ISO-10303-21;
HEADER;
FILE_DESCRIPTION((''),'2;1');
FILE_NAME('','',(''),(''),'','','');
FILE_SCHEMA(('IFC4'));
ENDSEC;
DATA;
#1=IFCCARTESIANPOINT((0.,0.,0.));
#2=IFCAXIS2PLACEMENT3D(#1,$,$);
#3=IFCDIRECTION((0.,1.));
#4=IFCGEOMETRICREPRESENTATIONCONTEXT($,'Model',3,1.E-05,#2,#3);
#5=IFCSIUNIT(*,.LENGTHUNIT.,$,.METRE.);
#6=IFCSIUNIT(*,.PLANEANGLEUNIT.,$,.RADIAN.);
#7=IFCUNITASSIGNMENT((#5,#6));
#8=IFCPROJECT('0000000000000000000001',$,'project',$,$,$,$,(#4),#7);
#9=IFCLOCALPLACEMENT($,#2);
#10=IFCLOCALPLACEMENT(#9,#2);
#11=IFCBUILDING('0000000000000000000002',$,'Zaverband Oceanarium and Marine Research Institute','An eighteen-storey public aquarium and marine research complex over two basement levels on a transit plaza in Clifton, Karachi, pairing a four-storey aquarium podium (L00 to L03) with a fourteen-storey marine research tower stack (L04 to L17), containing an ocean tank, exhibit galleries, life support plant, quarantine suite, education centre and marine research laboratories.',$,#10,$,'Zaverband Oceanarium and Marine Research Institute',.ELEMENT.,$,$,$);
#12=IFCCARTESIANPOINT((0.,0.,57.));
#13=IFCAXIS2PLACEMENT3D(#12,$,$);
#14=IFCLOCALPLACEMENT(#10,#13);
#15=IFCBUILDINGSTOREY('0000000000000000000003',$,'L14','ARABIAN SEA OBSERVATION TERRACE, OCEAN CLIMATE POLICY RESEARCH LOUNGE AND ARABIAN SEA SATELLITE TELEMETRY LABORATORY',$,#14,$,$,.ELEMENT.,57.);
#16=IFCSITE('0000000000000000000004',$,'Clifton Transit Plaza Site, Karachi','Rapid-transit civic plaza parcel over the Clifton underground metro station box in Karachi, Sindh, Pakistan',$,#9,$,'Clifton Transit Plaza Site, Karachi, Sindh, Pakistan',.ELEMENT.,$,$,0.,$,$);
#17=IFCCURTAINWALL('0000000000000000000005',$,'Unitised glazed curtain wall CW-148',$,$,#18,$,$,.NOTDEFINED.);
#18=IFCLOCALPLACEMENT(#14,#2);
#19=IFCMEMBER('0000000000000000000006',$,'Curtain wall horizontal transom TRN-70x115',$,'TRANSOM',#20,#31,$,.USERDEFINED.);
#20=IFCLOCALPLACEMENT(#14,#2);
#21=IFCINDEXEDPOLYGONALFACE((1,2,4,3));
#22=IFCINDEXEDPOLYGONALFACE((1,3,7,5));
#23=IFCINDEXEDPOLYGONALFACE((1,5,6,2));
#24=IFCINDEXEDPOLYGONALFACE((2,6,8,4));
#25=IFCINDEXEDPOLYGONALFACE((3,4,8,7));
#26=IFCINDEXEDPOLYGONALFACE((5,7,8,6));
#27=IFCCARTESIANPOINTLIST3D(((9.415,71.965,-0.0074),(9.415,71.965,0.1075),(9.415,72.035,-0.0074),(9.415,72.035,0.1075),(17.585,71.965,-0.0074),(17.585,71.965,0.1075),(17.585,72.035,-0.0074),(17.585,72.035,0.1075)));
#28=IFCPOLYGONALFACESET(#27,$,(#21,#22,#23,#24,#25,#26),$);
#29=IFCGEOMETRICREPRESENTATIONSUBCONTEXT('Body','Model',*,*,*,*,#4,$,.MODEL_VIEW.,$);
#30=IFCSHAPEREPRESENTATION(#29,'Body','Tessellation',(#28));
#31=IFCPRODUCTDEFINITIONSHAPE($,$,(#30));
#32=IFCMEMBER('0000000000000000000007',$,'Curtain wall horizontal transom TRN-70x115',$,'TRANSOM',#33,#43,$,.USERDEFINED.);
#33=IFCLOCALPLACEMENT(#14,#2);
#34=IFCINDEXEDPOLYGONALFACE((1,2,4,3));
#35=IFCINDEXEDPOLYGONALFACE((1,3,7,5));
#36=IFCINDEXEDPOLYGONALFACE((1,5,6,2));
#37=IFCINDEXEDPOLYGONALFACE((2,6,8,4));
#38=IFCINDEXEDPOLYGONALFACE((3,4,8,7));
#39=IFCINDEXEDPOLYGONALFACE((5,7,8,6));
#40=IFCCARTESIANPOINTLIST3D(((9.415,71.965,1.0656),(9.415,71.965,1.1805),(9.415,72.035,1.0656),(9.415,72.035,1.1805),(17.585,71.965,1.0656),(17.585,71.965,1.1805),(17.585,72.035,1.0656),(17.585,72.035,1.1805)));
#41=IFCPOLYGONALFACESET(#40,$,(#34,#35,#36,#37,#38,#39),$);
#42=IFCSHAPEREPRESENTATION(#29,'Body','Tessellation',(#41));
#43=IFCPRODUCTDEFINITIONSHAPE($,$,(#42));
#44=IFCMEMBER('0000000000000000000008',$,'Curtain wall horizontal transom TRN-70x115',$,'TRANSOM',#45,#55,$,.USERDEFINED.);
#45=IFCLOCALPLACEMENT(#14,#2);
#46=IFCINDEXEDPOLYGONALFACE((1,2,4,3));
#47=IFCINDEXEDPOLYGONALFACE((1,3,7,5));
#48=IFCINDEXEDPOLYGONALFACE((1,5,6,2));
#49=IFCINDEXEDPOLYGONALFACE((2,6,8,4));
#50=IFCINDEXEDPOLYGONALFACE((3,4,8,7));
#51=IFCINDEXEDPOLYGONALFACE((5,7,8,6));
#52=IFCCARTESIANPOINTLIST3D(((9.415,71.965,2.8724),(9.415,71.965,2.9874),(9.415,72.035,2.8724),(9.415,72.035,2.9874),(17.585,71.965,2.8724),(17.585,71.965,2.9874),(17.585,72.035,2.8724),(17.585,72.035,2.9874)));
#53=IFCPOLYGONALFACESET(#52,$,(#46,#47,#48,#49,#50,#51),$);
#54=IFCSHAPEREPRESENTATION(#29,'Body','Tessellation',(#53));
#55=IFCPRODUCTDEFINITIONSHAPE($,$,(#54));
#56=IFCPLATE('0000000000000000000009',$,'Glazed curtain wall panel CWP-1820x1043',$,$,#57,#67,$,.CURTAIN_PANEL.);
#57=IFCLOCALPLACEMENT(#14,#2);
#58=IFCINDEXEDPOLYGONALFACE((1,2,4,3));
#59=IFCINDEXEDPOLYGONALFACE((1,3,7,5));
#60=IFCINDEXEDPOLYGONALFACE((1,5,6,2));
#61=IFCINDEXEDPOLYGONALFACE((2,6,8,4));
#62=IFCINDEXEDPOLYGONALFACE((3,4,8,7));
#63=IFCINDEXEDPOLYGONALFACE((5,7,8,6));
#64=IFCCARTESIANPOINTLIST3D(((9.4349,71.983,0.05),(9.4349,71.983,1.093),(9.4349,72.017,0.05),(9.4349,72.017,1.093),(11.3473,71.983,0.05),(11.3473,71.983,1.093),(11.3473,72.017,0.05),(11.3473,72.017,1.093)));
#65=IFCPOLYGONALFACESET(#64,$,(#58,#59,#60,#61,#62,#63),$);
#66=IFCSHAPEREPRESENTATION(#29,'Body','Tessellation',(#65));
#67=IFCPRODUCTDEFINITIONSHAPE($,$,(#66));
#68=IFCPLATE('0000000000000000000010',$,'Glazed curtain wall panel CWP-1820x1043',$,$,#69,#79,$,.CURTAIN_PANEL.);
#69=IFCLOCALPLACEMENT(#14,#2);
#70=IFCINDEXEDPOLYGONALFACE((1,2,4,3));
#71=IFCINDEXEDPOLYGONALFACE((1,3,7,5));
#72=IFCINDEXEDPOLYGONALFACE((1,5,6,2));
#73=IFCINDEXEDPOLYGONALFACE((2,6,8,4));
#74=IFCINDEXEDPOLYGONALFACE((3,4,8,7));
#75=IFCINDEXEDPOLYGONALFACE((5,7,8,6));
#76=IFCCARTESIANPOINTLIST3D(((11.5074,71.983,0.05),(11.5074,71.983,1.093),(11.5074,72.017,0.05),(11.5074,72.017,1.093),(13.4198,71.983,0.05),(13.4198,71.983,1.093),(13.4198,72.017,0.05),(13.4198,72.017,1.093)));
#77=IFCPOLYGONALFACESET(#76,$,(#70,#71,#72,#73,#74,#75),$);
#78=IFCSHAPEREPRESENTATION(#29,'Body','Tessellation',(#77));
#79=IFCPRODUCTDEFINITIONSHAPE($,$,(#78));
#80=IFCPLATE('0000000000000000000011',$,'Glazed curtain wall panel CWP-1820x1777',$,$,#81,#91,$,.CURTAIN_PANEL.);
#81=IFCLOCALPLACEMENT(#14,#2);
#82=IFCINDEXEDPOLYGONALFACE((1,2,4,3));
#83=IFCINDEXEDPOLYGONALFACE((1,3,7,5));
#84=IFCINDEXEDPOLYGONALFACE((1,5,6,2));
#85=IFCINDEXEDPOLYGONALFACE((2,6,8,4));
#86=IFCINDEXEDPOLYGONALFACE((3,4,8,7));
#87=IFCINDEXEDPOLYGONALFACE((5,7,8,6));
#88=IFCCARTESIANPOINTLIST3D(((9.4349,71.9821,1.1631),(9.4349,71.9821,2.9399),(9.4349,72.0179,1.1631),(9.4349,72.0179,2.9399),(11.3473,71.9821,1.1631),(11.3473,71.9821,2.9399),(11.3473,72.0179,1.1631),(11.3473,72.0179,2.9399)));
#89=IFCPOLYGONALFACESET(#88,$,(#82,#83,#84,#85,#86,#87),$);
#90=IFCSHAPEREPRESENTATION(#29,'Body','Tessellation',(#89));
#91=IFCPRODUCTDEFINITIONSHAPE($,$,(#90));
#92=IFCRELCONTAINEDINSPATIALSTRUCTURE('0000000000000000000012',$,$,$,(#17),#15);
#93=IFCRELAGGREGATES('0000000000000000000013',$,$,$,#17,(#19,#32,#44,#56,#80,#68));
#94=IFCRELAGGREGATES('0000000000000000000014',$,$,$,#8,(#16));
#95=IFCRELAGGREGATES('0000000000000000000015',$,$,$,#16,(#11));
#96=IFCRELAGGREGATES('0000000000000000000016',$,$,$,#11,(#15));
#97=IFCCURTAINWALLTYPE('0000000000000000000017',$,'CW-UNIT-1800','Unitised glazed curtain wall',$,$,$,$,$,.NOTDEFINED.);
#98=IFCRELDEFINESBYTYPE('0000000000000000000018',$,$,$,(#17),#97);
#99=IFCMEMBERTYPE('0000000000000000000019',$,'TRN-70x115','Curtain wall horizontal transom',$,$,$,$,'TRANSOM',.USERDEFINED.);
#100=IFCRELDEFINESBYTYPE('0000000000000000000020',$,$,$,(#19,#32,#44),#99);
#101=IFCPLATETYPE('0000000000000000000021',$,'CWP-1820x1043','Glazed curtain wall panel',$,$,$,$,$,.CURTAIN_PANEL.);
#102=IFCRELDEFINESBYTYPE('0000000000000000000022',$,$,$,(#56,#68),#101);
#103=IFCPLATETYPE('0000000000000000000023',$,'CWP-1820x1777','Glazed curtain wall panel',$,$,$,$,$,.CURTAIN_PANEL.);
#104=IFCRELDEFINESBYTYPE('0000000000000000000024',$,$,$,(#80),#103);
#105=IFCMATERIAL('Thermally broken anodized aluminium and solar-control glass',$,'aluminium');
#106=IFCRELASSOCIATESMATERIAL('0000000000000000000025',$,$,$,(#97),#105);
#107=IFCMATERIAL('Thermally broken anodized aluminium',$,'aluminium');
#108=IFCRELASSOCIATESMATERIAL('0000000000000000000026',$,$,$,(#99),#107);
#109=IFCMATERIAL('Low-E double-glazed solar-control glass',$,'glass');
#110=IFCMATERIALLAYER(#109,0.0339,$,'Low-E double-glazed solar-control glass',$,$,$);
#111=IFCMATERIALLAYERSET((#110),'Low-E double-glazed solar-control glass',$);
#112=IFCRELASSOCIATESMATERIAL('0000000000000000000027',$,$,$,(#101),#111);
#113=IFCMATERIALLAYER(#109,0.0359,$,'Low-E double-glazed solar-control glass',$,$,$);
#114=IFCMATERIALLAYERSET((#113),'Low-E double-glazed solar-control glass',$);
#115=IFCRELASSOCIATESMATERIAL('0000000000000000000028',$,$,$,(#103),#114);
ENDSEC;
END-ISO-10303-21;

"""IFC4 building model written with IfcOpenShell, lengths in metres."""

from ifc_helpers import new_model, si_unit, direction, frame, frame_2d, origin, origin_2d, place, context, subcontext, project, spatial, rectangle, extrude, material, layer, layer_set, material_profile, profile_set, type_object, element, aggregate, save


model = new_model("IFC4")

# Units and contexts
model_context = context("Model", 3, precision=1e-05, world=origin(), true_north=direction((0.0, 1.0)))
body_context = subcontext(model_context, "Body", "Model", "MODEL_VIEW")
ifc_project = project(units=[si_unit("LENGTHUNIT", "METRE"), si_unit("PLANEANGLEUNIT", "RADIAN")], contexts=[model_context])

# Site, building, storey
site_placement = place(None, origin())
site = spatial("IfcSite", under=ifc_project, at=site_placement, Name="Clifton Transit Plaza Site, Karachi", Description="Rapid-transit civic plaza parcel over the Clifton underground metro station box in Karachi, Sindh, Pakistan", LongName="Clifton Transit Plaza Site, Karachi, Sindh, Pakistan", CompositionType="ELEMENT", RefElevation=0.0)
building_placement = place(site_placement, origin())
building = spatial("IfcBuilding", under=site, at=building_placement, Name="Zaverband Oceanarium and Marine Research Institute", Description="An eighteen-storey public aquarium and marine research complex over two basement levels on a transit plaza in Clifton, Karachi, pairing a four-storey aquarium podium (L00 to L03) with a fourteen-storey marine research tower stack (L04 to L17), containing an ocean tank, exhibit galleries, life support plant, quarantine suite, education centre and marine research laboratories.", LongName="Zaverband Oceanarium and Marine Research Institute", CompositionType="ELEMENT")
storey_placement = place(building_placement, frame((0.0, 0.0, 57.0)))
storey = spatial("IfcBuildingStorey", under=building, at=storey_placement, Name="L14", Description="ARABIAN SEA OBSERVATION TERRACE, OCEAN CLIMATE POLICY RESEARCH LOUNGE AND ARABIAN SEA SATELLITE TELEMETRY LABORATORY", CompositionType="ELEMENT", Elevation=57.0)

# Curtain wall
ifc_material_1 = material(Name="Thermally broken anodized aluminium and solar-control glass", Category="aluminium")
curtain_wall_type = type_object("IfcCurtainWallType", Name="CW-UNIT-1800", Description="Unitised glazed curtain wall", PredefinedType="NOTDEFINED", material=ifc_material_1)
curtain_wall_placement = place(storey_placement, origin())
curtain_wall = element("IfcCurtainWall", 1, at=curtain_wall_placement, inside=storey, type_object=curtain_wall_type, Name="Unitised glazed curtain wall CW-148", PredefinedType="NOTDEFINED")
ifc_material_2 = material(Name="Thermally broken anodized aluminium", Category="aluminium")

# Members
ifc_material_profile_1 = material_profile(ifc_material_2, rectangle(XDim=0.0701, YDim=0.115, at=origin_2d()), Name="AL-TRN-70x115")
ifc_profile_set_1 = profile_set([ifc_material_profile_1], Name="Thermally broken anodized aluminium")
member_type_1 = type_object("IfcMemberType", Name="TRN-70x115", Description="Curtain wall horizontal transom", ElementType="TRANSOM", PredefinedType="USERDEFINED", material=ifc_profile_set_1)
member_1_placement = place(storey_placement, frame((9.415, 72.0, 0.05), z_axis=(1.0, 0.0, 0.0), x_axis=(0.0, 1.0, 0.0)))
member_1 = element("IfcMember", 2, at=member_1_placement, type_object=member_type_1, Name="Curtain wall horizontal transom TRN-70x115", ObjectType="TRANSOM", PredefinedType="USERDEFINED", context=body_context, shape_type="SweptSolid", body=[
    extrude(rectangle(XDim=0.0701, YDim=0.115, at=origin_2d()), origin(), (0.0, 0.0, 1.0), 8.1699),
])
member_2_placement = place(storey_placement, frame((9.415, 72.0, 1.123), z_axis=(1.0, 0.0, 0.0), x_axis=(0.0, 1.0, 0.0)))
member_2 = element("IfcMember", 3, at=member_2_placement, type_object=member_type_1, Name="Curtain wall horizontal transom TRN-70x115", ObjectType="TRANSOM", PredefinedType="USERDEFINED", context=body_context, shape_type="SweptSolid", body=[
    extrude(rectangle(XDim=0.0701, YDim=0.115, at=origin_2d()), origin(), (0.0, 0.0, 1.0), 8.1699),
])
member_3_placement = place(storey_placement, frame((9.415, 72.0, 2.9299), z_axis=(1.0, 0.0, 0.0), x_axis=(0.0, 1.0, 0.0)))
member_3 = element("IfcMember", 4, at=member_3_placement, type_object=member_type_1, Name="Curtain wall horizontal transom TRN-70x115", ObjectType="TRANSOM", PredefinedType="USERDEFINED", context=body_context, shape_type="SweptSolid", body=[
    extrude(rectangle(XDim=0.0701, YDim=0.115, at=origin_2d()), origin(), (0.0, 0.0, 1.0), 8.1699),
])

# Plates
ifc_material_3 = material(Name="Low-E double-glazed solar-control glass", Category="glass")
ifc_layer_1 = layer(ifc_material_3, 0.0339, Name="Low-E double-glazed solar-control glass")
ifc_layer_set_1 = layer_set([ifc_layer_1], Name="Low-E double-glazed solar-control glass")
plate_type_1 = type_object("IfcPlateType", Name="CWP-1820x1043", Description="Glazed curtain wall panel", PredefinedType="CURTAIN_PANEL", material=ifc_layer_set_1)
plate_1_placement = place(storey_placement, frame((9.4351, 72.0, 0.05), z_axis=(0.0, 0.0, 1.0), x_axis=(1.0, 0.0, 0.0)))
plate_1 = element("IfcPlate", 5, at=plate_1_placement, type_object=plate_type_1, Name="Glazed curtain wall panel CWP-1820x1043", PredefinedType="CURTAIN_PANEL", context=body_context, shape_type="SweptSolid", body=[
    extrude(rectangle(XDim=1.9124, YDim=0.0339, at=frame_2d((0.9561, 0.0))), origin(), (0.0, 0.0, 1.0), 1.043),
])
plate_2_placement = place(storey_placement, frame((11.5076, 72.0, 0.05), z_axis=(0.0, 0.0, 1.0), x_axis=(1.0, 0.0, 0.0)))
plate_2 = element("IfcPlate", 6, at=plate_2_placement, type_object=plate_type_1, Name="Glazed curtain wall panel CWP-1820x1043", PredefinedType="CURTAIN_PANEL", context=body_context, shape_type="SweptSolid", body=[
    extrude(rectangle(XDim=1.9124, YDim=0.0339, at=frame_2d((0.9561, 0.0))), origin(), (0.0, 0.0, 1.0), 1.043),
])
ifc_layer_2 = layer(ifc_material_3, 0.0359, Name="Low-E double-glazed solar-control glass")
ifc_layer_set_2 = layer_set([ifc_layer_2], Name="Low-E double-glazed solar-control glass")
plate_type_2 = type_object("IfcPlateType", Name="CWP-1820x1777", Description="Glazed curtain wall panel", PredefinedType="CURTAIN_PANEL", material=ifc_layer_set_2)
plate_3_placement = place(storey_placement, frame((9.4351, 72.0, 1.1631), z_axis=(0.0, 0.0, 1.0), x_axis=(1.0, 0.0, 0.0)))
plate_3 = element("IfcPlate", 7, at=plate_3_placement, type_object=plate_type_2, Name="Glazed curtain wall panel CWP-1820x1777", PredefinedType="CURTAIN_PANEL", context=body_context, shape_type="SweptSolid", body=[
    extrude(rectangle(XDim=1.9124, YDim=0.0359, at=frame_2d((0.9561, 0.0))), origin(), (0.0, 0.0, 1.0), 1.7769),
])
aggregate(curtain_wall, [member_1, member_2, member_3, plate_1, plate_3, plate_2])

save(model, "model.ifc")
